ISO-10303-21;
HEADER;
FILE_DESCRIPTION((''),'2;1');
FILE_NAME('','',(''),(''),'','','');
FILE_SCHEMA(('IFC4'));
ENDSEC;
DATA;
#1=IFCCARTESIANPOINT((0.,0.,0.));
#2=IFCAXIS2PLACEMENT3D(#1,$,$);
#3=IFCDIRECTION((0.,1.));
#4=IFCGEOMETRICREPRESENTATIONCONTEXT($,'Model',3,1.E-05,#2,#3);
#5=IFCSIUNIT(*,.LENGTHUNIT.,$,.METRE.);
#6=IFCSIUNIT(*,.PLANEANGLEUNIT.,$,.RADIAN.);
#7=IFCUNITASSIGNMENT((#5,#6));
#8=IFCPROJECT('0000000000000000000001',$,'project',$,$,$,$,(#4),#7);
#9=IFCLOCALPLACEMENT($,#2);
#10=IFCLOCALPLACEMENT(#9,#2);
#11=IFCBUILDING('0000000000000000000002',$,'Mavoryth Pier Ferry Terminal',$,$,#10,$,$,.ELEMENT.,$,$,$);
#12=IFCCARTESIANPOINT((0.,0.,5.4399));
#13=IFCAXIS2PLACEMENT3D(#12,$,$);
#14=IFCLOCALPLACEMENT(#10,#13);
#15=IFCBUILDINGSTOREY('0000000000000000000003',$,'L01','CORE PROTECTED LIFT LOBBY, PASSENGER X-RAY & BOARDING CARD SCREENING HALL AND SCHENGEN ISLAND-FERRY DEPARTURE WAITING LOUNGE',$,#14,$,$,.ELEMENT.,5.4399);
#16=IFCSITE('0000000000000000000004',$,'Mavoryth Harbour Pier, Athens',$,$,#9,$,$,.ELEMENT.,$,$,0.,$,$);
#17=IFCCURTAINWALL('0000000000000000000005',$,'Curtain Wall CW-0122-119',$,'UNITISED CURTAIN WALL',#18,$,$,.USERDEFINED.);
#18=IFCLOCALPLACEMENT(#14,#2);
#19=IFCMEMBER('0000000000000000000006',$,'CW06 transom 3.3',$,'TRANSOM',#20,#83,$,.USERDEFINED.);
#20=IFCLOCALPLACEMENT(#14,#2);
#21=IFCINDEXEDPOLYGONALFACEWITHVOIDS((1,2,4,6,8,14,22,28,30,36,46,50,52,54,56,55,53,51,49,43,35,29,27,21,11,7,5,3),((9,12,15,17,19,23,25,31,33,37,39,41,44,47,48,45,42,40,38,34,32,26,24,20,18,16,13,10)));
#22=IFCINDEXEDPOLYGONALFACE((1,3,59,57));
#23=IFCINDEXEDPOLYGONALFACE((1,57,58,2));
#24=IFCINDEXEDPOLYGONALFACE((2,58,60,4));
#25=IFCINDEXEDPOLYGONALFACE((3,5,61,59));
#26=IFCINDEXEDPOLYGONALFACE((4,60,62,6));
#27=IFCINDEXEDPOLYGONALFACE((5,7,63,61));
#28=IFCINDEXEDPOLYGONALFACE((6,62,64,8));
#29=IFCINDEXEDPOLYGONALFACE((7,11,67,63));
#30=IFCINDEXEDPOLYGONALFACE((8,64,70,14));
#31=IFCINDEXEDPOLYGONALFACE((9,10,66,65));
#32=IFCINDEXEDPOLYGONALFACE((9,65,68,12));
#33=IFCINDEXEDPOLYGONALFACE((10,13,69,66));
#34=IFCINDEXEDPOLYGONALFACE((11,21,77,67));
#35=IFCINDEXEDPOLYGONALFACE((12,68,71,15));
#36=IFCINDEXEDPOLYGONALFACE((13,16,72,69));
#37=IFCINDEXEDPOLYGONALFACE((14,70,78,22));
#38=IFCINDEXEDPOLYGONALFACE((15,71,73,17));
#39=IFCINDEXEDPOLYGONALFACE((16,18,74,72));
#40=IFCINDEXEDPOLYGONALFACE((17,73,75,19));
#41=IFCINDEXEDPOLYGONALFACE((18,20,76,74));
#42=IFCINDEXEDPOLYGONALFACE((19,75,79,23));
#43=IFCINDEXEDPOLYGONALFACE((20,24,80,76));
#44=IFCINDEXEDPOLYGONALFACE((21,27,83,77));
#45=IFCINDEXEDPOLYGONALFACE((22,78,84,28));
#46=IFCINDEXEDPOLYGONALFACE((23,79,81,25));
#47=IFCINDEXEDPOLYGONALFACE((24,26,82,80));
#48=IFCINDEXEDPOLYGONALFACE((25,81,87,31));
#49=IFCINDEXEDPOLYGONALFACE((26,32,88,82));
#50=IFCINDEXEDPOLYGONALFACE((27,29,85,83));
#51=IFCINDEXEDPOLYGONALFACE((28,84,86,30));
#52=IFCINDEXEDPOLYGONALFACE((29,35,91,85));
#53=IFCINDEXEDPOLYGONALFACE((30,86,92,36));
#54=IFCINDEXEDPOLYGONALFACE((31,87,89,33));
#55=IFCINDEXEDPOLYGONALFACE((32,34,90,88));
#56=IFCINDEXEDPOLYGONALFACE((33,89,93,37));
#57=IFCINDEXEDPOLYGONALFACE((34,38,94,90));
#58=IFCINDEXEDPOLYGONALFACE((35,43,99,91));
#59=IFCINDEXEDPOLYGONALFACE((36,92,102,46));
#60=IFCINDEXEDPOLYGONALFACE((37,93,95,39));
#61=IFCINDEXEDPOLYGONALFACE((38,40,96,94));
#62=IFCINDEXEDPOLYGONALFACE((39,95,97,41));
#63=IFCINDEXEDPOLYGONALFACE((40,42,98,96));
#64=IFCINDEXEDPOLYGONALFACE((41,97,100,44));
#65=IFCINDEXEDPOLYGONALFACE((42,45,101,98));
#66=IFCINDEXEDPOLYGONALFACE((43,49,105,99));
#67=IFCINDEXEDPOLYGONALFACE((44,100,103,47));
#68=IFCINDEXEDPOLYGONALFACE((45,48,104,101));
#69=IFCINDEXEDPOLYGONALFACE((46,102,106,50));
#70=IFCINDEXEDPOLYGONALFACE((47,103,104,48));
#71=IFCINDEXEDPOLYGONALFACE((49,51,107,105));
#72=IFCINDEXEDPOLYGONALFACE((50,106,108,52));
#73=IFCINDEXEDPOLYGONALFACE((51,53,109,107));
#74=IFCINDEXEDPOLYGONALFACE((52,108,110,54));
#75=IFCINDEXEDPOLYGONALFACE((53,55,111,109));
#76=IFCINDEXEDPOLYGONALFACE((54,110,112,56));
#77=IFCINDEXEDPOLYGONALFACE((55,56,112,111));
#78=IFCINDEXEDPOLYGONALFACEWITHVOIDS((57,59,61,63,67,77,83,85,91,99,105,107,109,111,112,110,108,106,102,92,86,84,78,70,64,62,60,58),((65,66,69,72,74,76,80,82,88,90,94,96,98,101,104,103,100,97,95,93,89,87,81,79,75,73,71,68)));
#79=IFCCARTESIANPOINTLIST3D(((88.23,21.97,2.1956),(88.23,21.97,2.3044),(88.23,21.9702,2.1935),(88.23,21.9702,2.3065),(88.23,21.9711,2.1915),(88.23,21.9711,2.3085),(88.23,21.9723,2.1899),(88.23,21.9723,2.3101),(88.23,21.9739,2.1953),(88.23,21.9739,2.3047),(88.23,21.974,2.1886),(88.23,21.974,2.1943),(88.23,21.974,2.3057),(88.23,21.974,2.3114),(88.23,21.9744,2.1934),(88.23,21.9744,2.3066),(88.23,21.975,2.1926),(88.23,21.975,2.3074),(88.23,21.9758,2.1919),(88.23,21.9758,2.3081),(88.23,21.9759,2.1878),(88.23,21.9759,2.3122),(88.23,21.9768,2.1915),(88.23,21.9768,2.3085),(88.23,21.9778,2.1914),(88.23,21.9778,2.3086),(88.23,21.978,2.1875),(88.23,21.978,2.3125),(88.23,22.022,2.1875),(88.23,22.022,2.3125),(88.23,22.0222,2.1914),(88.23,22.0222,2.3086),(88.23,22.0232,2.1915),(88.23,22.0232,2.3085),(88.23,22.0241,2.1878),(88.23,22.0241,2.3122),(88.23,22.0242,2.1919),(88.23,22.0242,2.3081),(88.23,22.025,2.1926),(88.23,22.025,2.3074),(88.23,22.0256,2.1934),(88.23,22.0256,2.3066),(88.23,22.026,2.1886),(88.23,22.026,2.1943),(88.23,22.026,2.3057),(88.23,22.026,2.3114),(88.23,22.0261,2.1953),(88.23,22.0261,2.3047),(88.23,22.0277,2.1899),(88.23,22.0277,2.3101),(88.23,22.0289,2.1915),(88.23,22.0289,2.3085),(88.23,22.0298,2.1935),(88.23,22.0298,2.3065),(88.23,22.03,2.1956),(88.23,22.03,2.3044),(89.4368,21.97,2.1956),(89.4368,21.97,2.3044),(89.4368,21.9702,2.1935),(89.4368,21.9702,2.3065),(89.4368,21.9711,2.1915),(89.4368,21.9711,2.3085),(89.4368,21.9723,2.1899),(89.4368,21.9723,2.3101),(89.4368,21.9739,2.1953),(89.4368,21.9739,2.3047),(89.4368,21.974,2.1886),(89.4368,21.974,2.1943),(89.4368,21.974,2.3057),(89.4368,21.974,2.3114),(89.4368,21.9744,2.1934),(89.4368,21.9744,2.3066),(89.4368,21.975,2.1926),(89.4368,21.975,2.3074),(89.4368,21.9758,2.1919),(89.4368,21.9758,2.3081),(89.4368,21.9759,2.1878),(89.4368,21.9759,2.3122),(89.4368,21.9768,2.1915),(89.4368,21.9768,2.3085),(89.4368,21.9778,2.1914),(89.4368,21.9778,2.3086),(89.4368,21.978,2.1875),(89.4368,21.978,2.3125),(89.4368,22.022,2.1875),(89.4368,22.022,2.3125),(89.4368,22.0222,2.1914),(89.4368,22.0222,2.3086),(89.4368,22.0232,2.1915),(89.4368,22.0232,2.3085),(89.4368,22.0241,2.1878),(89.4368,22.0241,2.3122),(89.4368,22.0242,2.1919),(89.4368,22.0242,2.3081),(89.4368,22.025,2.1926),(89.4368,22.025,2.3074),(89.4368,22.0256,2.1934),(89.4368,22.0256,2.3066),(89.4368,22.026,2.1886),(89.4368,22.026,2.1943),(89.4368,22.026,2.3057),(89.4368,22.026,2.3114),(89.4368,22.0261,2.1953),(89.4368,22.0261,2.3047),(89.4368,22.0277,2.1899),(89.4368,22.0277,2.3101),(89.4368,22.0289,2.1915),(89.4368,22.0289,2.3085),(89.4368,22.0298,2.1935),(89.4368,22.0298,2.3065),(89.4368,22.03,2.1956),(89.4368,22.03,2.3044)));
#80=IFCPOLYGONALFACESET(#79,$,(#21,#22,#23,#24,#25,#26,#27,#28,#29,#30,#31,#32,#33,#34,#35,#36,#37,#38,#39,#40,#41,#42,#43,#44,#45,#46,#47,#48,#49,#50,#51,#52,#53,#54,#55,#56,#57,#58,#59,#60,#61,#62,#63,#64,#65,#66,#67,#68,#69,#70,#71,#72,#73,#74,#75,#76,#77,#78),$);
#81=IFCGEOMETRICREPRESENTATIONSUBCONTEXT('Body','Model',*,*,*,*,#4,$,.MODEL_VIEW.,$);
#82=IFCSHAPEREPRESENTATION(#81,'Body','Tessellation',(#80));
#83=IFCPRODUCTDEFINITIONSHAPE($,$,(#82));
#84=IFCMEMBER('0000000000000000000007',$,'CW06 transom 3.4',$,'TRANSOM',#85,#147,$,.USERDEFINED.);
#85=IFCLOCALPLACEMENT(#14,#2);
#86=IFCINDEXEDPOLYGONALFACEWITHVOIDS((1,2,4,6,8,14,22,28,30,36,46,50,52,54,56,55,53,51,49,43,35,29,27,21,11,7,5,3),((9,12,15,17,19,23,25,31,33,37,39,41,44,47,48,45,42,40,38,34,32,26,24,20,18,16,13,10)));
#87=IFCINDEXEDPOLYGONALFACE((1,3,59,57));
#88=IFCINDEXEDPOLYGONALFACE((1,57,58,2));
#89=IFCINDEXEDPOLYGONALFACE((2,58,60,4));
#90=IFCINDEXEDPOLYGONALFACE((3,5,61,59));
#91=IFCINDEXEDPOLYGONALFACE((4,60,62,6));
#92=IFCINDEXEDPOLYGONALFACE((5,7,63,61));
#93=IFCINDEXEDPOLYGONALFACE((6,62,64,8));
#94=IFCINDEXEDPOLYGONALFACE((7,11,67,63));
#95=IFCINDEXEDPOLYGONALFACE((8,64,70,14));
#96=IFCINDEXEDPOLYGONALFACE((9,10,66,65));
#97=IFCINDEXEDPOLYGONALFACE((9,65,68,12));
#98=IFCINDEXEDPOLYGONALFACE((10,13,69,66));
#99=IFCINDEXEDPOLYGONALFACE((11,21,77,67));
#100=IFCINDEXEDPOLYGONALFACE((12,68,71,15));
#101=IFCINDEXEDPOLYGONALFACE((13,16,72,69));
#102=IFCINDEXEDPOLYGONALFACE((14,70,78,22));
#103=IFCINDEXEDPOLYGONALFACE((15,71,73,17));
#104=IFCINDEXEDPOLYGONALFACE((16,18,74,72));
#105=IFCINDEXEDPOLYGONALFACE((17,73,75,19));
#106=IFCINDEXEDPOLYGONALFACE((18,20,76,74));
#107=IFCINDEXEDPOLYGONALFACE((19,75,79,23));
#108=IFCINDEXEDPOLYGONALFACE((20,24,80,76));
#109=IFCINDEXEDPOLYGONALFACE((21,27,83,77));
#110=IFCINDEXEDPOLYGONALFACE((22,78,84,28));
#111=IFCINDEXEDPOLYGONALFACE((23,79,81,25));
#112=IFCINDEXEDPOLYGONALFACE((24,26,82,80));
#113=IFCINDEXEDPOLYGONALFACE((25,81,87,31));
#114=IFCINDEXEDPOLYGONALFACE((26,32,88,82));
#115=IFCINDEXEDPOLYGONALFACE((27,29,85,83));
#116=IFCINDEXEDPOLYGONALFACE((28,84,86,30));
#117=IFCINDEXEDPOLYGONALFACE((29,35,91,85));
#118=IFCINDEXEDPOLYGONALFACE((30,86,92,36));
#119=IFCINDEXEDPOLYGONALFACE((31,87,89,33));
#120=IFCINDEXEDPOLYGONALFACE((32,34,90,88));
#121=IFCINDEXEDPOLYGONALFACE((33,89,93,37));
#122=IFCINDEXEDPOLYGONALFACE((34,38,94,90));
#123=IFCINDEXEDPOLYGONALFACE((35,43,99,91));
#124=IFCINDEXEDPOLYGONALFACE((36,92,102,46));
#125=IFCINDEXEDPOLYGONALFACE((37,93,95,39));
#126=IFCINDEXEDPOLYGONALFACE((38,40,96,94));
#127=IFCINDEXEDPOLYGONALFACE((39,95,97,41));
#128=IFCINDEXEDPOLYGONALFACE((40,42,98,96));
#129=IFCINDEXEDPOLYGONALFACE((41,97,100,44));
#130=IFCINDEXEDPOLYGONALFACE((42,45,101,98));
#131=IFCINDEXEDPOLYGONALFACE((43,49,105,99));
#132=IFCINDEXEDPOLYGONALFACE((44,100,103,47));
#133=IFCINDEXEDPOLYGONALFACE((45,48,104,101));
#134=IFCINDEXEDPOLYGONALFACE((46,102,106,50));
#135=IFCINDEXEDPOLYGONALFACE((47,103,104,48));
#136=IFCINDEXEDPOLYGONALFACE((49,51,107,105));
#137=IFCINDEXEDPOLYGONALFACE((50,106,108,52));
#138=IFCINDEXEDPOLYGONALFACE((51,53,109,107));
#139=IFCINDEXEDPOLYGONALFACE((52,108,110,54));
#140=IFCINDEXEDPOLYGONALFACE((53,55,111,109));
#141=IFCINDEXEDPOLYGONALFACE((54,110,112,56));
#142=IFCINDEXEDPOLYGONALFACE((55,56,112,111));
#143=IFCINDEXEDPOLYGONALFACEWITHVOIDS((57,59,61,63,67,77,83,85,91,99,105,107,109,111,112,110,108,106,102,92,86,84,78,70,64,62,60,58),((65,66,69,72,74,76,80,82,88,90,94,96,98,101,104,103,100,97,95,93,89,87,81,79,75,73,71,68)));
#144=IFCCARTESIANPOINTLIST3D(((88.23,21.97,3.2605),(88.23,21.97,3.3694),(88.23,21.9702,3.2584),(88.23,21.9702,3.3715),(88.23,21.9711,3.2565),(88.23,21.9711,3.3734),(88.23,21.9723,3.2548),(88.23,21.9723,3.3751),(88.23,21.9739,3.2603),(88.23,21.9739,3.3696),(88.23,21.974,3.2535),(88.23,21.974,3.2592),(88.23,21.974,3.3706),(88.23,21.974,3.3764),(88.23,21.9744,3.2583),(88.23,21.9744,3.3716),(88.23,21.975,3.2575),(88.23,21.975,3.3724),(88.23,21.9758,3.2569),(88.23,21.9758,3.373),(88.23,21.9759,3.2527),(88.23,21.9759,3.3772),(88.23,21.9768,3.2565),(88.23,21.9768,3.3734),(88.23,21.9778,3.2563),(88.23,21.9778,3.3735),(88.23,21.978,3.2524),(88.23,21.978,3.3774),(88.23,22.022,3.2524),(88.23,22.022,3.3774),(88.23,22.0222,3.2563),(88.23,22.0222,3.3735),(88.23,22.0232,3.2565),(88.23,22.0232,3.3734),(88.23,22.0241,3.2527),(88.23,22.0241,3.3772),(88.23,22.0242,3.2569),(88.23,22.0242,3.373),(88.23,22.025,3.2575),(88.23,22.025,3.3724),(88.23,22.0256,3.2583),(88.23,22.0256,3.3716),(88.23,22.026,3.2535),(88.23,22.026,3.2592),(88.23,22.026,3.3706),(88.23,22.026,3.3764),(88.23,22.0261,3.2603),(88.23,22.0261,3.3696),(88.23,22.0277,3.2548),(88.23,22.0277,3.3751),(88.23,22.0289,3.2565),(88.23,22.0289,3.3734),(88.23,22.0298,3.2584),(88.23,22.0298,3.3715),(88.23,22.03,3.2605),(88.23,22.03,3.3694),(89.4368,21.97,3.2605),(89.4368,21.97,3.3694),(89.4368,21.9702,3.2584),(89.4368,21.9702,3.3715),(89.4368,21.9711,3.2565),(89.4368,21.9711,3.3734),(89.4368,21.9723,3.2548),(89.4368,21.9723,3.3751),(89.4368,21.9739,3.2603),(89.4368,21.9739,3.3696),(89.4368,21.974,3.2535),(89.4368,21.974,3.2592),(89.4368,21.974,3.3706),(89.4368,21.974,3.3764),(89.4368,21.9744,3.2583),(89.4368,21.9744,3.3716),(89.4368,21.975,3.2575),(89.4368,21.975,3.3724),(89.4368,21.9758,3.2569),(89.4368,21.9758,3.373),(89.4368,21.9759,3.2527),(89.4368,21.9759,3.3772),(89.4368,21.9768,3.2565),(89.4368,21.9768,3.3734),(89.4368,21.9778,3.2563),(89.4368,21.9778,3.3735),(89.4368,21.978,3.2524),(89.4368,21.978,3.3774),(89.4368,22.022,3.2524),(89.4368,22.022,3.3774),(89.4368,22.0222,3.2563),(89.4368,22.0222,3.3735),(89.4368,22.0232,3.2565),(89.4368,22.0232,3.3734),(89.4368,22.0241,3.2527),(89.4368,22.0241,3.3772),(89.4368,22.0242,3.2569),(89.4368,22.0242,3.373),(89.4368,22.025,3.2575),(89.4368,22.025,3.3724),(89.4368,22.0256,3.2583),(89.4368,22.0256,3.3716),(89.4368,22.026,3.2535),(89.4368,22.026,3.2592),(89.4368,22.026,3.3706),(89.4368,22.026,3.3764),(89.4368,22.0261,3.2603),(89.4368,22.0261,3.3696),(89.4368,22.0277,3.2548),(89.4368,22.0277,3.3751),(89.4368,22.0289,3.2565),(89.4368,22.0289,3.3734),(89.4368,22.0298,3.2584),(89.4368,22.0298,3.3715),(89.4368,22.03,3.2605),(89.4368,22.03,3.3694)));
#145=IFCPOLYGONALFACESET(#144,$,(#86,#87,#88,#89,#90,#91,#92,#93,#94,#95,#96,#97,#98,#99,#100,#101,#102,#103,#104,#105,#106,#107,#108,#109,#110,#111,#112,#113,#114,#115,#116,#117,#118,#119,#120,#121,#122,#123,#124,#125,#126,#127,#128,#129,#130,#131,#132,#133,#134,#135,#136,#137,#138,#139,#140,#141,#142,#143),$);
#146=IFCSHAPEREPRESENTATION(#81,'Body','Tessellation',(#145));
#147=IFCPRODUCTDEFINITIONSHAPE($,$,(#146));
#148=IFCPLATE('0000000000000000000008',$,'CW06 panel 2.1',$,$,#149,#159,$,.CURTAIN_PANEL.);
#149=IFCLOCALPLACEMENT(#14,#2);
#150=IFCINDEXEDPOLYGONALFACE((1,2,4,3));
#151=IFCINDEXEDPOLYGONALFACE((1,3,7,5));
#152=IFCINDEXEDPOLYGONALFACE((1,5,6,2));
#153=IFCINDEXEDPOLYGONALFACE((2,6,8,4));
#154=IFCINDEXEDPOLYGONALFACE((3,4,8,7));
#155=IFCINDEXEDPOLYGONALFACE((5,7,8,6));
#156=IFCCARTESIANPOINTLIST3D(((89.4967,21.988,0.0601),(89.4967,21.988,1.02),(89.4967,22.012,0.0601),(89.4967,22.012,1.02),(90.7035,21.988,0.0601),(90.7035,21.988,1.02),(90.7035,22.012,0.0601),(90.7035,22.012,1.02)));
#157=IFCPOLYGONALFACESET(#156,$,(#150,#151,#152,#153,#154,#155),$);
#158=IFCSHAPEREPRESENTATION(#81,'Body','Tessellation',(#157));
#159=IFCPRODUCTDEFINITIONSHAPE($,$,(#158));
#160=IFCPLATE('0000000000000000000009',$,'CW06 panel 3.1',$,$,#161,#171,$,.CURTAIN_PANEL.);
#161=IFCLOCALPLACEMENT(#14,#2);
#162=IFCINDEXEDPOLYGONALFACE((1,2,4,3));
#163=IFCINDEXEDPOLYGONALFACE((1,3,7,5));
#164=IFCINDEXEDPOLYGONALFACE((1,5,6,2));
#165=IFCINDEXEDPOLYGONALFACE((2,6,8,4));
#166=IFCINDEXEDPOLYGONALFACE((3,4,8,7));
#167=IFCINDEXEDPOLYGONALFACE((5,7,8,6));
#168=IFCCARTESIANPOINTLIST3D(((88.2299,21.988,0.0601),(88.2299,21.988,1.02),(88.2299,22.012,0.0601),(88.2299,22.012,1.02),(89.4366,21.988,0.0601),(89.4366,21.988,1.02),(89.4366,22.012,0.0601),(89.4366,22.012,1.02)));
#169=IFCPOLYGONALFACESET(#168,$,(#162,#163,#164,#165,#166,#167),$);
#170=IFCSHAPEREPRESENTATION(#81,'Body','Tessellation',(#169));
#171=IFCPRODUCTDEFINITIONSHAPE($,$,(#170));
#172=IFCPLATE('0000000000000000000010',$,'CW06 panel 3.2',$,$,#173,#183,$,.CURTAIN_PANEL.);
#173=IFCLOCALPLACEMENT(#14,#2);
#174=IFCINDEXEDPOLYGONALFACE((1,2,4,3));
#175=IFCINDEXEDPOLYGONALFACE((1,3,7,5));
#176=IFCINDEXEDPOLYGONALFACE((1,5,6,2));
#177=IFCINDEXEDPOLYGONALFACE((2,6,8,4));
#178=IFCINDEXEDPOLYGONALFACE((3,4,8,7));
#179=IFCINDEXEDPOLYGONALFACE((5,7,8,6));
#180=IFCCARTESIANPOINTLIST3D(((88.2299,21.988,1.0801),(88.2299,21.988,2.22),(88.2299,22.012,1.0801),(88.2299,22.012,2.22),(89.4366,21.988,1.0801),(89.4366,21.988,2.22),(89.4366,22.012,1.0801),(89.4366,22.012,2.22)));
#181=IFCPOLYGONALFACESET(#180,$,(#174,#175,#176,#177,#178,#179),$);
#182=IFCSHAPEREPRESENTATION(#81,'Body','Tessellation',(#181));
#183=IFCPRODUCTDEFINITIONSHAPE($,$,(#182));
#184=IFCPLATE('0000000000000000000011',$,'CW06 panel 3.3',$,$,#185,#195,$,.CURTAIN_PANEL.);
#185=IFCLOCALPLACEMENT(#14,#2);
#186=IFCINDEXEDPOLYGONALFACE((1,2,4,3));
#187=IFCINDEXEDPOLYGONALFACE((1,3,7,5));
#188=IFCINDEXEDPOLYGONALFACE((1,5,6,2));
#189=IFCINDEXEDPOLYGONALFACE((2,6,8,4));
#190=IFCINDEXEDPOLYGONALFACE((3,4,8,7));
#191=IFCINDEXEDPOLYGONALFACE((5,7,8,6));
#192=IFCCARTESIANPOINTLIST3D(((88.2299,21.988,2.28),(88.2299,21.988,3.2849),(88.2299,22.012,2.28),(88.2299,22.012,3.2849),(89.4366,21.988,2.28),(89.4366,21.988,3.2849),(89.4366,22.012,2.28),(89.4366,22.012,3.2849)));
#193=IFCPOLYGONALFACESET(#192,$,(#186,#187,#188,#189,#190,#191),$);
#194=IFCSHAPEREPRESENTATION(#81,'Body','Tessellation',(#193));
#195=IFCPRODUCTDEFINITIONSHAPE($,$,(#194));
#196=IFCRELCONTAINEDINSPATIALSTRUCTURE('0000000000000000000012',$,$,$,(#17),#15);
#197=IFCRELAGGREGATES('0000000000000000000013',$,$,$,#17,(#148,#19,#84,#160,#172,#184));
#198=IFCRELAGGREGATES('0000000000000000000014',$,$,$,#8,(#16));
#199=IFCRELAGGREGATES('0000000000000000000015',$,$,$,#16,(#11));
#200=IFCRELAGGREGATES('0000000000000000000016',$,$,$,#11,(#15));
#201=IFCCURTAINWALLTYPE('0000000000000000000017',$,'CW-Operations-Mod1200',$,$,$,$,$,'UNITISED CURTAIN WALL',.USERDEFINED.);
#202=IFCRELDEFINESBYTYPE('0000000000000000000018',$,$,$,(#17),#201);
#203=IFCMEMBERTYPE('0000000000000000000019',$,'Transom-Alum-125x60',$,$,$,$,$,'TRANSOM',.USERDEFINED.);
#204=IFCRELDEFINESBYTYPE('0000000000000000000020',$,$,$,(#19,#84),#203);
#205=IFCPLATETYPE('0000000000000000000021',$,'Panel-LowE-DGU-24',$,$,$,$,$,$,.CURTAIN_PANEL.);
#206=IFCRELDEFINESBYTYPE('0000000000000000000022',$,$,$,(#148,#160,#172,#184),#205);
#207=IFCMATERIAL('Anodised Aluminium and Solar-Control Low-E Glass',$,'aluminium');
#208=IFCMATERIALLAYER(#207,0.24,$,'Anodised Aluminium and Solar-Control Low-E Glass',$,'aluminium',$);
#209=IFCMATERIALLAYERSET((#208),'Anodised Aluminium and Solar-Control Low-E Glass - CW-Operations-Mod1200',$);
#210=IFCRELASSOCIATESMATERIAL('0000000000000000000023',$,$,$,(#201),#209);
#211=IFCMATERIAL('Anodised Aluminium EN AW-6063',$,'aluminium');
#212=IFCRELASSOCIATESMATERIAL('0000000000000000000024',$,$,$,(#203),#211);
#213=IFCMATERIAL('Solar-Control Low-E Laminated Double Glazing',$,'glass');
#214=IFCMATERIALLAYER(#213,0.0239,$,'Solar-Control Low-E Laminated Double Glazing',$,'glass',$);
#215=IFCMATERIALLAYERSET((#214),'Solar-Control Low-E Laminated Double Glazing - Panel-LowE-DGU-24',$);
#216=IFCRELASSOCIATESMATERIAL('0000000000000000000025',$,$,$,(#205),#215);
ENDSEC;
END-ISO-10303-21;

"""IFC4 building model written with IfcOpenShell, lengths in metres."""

from ifc_helpers import new_model, si_unit, direction, frame, origin, origin_2d, place, context, subcontext, project, spatial, rectangle, hollow_rectangle, extrude, material, layer, layer_set, material_profile, profile_set, type_object, element, aggregate, save


model = new_model("IFC4")

# Units and contexts
model_context = context("Model", 3, precision=1e-05, world=origin(), true_north=direction((0.0, 1.0)))
body_context = subcontext(model_context, "Body", "Model", "MODEL_VIEW")
ifc_project = project(units=[si_unit("LENGTHUNIT", "METRE"), si_unit("PLANEANGLEUNIT", "RADIAN")], contexts=[model_context])

# Site, building, storey
site_placement = place(None, origin())
site = spatial("IfcSite", under=ifc_project, at=site_placement, Name="Mavoryth Harbour Pier, Athens", CompositionType="ELEMENT", RefElevation=0.0)
building_placement = place(site_placement, origin())
building = spatial("IfcBuilding", under=site, at=building_placement, Name="Mavoryth Pier Ferry Terminal", CompositionType="ELEMENT")
storey_placement = place(building_placement, frame((0.0, 0.0, 5.4399)))
storey = spatial("IfcBuildingStorey", under=building, at=storey_placement, Name="L01", Description="CORE PROTECTED LIFT LOBBY, PASSENGER X-RAY & BOARDING CARD SCREENING HALL AND SCHENGEN ISLAND-FERRY DEPARTURE WAITING LOUNGE", CompositionType="ELEMENT", Elevation=5.4399)

# Shared definitions
ifc_material_1 = material(Name="Anodised Aluminium and Solar-Control Low-E Glass", Category="aluminium")
ifc_layer_1 = layer(ifc_material_1, 0.24, Name="Anodised Aluminium and Solar-Control Low-E Glass", Category="aluminium")
ifc_layer_set_1 = layer_set([ifc_layer_1], Name="Anodised Aluminium and Solar-Control Low-E Glass - CW-Operations-Mod1200")
curtain_wall_type = type_object("IfcCurtainWallType", Name="CW-Operations-Mod1200", ElementType="UNITISED CURTAIN WALL", PredefinedType="USERDEFINED", material=ifc_layer_set_1)
ifc_material_2 = material(Name="Anodised Aluminium EN AW-6063", Category="aluminium")

# Curtain wall
curtain_wall_1_placement = place(storey_placement, origin())
curtain_wall_1 = element("IfcCurtainWall", 1, at=curtain_wall_1_placement, inside=storey, type_object=curtain_wall_type, Name="Curtain Wall CW-0122-119", ObjectType="UNITISED CURTAIN WALL", PredefinedType="USERDEFINED")

# Members
ifc_material_profile_1 = material_profile(ifc_material_2, hollow_rectangle(XDim=0.0601, YDim=0.125, WallThickness=0.0039, InnerFilletRadius=0.0039, OuterFilletRadius=0.0081, at=origin_2d()), Name="AL-TRAN 125x60x4", Category="aluminium")
ifc_profile_set_1 = profile_set([ifc_material_profile_1], Name="Anodised Aluminium EN AW-6063 - AL-TRAN 125x60x4")
member_type_1 = type_object("IfcMemberType", Name="Transom-Alum-125x60", ElementType="TRANSOM", PredefinedType="USERDEFINED", material=ifc_profile_set_1)
member_1_placement = place(storey_placement, frame((89.4368, 22.0, 2.25), z_axis=(-1.0, 0.0, 0.0), x_axis=(0.0, -1.0, 0.0)))
member_1 = element("IfcMember", 2, at=member_1_placement, type_object=member_type_1, Name="CW06 transom 3.3", ObjectType="TRANSOM", PredefinedType="USERDEFINED", context=body_context, shape_type="SweptSolid", body=[
    extrude(hollow_rectangle(XDim=0.0601, YDim=0.125, WallThickness=0.0039, InnerFilletRadius=0.0039, OuterFilletRadius=0.0081, at=origin_2d()), origin(), (0.0, 0.0, 1.0), 1.2068),
])
member_2_placement = place(storey_placement, frame((89.4368, 22.0, 3.3149), z_axis=(-1.0, 0.0, 0.0), x_axis=(0.0, -1.0, 0.0)))
member_2 = element("IfcMember", 3, at=member_2_placement, type_object=member_type_1, Name="CW06 transom 3.4", ObjectType="TRANSOM", PredefinedType="USERDEFINED", context=body_context, shape_type="SweptSolid", body=[
    extrude(hollow_rectangle(XDim=0.0601, YDim=0.125, WallThickness=0.0039, InnerFilletRadius=0.0039, OuterFilletRadius=0.0081, at=origin_2d()), origin(), (0.0, 0.0, 1.0), 1.2068),
])

# Plates
ifc_material_3 = material(Name="Solar-Control Low-E Laminated Double Glazing", Category="glass")
ifc_layer_2 = layer(ifc_material_3, 0.0239, Name="Solar-Control Low-E Laminated Double Glazing", Category="glass")
ifc_layer_set_2 = layer_set([ifc_layer_2], Name="Solar-Control Low-E Laminated Double Glazing - Panel-LowE-DGU-24")
plate_type_1 = type_object("IfcPlateType", Name="Panel-LowE-DGU-24", PredefinedType="CURTAIN_PANEL", material=ifc_layer_set_2)
plate_1_placement = place(storey_placement, frame((90.1001, 22.0, 0.0601), z_axis=(0.0, 0.0, 1.0), x_axis=(-1.0, 0.0, 0.0)))
plate_1 = element("IfcPlate", 4, at=plate_1_placement, type_object=plate_type_1, Name="CW06 panel 2.1", PredefinedType="CURTAIN_PANEL", context=body_context, shape_type="SweptSolid", body=[
    extrude(rectangle(XDim=1.2068, YDim=0.0239, at=origin_2d()), origin(), (0.0, 0.0, 1.0), 0.96),
])
plate_2_placement = place(storey_placement, frame((88.8333, 22.0, 0.0601), z_axis=(0.0, 0.0, 1.0), x_axis=(-1.0, 0.0, 0.0)))
plate_2 = element("IfcPlate", 5, at=plate_2_placement, type_object=plate_type_1, Name="CW06 panel 3.1", PredefinedType="CURTAIN_PANEL", context=body_context, shape_type="SweptSolid", body=[
    extrude(rectangle(XDim=1.2068, YDim=0.0239, at=origin_2d()), origin(), (0.0, 0.0, 1.0), 0.96),
])
plate_3_placement = place(storey_placement, frame((88.8333, 22.0, 1.0801), z_axis=(0.0, 0.0, 1.0), x_axis=(-1.0, 0.0, 0.0)))
plate_3 = element("IfcPlate", 6, at=plate_3_placement, type_object=plate_type_1, Name="CW06 panel 3.2", PredefinedType="CURTAIN_PANEL", context=body_context, shape_type="SweptSolid", body=[
    extrude(rectangle(XDim=1.2068, YDim=0.0239, at=origin_2d()), origin(), (0.0, 0.0, 1.0), 1.1399),
])
plate_4_placement = place(storey_placement, frame((88.8333, 22.0, 2.28), z_axis=(0.0, 0.0, 1.0), x_axis=(-1.0, 0.0, 0.0)))
plate_4 = element("IfcPlate", 7, at=plate_4_placement, type_object=plate_type_1, Name="CW06 panel 3.3", PredefinedType="CURTAIN_PANEL", context=body_context, shape_type="SweptSolid", body=[
    extrude(rectangle(XDim=1.2068, YDim=0.0239, at=origin_2d()), origin(), (0.0, 0.0, 1.0), 1.0049),
])
aggregate(curtain_wall_1, [plate_1, member_1, member_2, plate_2, plate_3, plate_4])

save(model, "model.ifc")
